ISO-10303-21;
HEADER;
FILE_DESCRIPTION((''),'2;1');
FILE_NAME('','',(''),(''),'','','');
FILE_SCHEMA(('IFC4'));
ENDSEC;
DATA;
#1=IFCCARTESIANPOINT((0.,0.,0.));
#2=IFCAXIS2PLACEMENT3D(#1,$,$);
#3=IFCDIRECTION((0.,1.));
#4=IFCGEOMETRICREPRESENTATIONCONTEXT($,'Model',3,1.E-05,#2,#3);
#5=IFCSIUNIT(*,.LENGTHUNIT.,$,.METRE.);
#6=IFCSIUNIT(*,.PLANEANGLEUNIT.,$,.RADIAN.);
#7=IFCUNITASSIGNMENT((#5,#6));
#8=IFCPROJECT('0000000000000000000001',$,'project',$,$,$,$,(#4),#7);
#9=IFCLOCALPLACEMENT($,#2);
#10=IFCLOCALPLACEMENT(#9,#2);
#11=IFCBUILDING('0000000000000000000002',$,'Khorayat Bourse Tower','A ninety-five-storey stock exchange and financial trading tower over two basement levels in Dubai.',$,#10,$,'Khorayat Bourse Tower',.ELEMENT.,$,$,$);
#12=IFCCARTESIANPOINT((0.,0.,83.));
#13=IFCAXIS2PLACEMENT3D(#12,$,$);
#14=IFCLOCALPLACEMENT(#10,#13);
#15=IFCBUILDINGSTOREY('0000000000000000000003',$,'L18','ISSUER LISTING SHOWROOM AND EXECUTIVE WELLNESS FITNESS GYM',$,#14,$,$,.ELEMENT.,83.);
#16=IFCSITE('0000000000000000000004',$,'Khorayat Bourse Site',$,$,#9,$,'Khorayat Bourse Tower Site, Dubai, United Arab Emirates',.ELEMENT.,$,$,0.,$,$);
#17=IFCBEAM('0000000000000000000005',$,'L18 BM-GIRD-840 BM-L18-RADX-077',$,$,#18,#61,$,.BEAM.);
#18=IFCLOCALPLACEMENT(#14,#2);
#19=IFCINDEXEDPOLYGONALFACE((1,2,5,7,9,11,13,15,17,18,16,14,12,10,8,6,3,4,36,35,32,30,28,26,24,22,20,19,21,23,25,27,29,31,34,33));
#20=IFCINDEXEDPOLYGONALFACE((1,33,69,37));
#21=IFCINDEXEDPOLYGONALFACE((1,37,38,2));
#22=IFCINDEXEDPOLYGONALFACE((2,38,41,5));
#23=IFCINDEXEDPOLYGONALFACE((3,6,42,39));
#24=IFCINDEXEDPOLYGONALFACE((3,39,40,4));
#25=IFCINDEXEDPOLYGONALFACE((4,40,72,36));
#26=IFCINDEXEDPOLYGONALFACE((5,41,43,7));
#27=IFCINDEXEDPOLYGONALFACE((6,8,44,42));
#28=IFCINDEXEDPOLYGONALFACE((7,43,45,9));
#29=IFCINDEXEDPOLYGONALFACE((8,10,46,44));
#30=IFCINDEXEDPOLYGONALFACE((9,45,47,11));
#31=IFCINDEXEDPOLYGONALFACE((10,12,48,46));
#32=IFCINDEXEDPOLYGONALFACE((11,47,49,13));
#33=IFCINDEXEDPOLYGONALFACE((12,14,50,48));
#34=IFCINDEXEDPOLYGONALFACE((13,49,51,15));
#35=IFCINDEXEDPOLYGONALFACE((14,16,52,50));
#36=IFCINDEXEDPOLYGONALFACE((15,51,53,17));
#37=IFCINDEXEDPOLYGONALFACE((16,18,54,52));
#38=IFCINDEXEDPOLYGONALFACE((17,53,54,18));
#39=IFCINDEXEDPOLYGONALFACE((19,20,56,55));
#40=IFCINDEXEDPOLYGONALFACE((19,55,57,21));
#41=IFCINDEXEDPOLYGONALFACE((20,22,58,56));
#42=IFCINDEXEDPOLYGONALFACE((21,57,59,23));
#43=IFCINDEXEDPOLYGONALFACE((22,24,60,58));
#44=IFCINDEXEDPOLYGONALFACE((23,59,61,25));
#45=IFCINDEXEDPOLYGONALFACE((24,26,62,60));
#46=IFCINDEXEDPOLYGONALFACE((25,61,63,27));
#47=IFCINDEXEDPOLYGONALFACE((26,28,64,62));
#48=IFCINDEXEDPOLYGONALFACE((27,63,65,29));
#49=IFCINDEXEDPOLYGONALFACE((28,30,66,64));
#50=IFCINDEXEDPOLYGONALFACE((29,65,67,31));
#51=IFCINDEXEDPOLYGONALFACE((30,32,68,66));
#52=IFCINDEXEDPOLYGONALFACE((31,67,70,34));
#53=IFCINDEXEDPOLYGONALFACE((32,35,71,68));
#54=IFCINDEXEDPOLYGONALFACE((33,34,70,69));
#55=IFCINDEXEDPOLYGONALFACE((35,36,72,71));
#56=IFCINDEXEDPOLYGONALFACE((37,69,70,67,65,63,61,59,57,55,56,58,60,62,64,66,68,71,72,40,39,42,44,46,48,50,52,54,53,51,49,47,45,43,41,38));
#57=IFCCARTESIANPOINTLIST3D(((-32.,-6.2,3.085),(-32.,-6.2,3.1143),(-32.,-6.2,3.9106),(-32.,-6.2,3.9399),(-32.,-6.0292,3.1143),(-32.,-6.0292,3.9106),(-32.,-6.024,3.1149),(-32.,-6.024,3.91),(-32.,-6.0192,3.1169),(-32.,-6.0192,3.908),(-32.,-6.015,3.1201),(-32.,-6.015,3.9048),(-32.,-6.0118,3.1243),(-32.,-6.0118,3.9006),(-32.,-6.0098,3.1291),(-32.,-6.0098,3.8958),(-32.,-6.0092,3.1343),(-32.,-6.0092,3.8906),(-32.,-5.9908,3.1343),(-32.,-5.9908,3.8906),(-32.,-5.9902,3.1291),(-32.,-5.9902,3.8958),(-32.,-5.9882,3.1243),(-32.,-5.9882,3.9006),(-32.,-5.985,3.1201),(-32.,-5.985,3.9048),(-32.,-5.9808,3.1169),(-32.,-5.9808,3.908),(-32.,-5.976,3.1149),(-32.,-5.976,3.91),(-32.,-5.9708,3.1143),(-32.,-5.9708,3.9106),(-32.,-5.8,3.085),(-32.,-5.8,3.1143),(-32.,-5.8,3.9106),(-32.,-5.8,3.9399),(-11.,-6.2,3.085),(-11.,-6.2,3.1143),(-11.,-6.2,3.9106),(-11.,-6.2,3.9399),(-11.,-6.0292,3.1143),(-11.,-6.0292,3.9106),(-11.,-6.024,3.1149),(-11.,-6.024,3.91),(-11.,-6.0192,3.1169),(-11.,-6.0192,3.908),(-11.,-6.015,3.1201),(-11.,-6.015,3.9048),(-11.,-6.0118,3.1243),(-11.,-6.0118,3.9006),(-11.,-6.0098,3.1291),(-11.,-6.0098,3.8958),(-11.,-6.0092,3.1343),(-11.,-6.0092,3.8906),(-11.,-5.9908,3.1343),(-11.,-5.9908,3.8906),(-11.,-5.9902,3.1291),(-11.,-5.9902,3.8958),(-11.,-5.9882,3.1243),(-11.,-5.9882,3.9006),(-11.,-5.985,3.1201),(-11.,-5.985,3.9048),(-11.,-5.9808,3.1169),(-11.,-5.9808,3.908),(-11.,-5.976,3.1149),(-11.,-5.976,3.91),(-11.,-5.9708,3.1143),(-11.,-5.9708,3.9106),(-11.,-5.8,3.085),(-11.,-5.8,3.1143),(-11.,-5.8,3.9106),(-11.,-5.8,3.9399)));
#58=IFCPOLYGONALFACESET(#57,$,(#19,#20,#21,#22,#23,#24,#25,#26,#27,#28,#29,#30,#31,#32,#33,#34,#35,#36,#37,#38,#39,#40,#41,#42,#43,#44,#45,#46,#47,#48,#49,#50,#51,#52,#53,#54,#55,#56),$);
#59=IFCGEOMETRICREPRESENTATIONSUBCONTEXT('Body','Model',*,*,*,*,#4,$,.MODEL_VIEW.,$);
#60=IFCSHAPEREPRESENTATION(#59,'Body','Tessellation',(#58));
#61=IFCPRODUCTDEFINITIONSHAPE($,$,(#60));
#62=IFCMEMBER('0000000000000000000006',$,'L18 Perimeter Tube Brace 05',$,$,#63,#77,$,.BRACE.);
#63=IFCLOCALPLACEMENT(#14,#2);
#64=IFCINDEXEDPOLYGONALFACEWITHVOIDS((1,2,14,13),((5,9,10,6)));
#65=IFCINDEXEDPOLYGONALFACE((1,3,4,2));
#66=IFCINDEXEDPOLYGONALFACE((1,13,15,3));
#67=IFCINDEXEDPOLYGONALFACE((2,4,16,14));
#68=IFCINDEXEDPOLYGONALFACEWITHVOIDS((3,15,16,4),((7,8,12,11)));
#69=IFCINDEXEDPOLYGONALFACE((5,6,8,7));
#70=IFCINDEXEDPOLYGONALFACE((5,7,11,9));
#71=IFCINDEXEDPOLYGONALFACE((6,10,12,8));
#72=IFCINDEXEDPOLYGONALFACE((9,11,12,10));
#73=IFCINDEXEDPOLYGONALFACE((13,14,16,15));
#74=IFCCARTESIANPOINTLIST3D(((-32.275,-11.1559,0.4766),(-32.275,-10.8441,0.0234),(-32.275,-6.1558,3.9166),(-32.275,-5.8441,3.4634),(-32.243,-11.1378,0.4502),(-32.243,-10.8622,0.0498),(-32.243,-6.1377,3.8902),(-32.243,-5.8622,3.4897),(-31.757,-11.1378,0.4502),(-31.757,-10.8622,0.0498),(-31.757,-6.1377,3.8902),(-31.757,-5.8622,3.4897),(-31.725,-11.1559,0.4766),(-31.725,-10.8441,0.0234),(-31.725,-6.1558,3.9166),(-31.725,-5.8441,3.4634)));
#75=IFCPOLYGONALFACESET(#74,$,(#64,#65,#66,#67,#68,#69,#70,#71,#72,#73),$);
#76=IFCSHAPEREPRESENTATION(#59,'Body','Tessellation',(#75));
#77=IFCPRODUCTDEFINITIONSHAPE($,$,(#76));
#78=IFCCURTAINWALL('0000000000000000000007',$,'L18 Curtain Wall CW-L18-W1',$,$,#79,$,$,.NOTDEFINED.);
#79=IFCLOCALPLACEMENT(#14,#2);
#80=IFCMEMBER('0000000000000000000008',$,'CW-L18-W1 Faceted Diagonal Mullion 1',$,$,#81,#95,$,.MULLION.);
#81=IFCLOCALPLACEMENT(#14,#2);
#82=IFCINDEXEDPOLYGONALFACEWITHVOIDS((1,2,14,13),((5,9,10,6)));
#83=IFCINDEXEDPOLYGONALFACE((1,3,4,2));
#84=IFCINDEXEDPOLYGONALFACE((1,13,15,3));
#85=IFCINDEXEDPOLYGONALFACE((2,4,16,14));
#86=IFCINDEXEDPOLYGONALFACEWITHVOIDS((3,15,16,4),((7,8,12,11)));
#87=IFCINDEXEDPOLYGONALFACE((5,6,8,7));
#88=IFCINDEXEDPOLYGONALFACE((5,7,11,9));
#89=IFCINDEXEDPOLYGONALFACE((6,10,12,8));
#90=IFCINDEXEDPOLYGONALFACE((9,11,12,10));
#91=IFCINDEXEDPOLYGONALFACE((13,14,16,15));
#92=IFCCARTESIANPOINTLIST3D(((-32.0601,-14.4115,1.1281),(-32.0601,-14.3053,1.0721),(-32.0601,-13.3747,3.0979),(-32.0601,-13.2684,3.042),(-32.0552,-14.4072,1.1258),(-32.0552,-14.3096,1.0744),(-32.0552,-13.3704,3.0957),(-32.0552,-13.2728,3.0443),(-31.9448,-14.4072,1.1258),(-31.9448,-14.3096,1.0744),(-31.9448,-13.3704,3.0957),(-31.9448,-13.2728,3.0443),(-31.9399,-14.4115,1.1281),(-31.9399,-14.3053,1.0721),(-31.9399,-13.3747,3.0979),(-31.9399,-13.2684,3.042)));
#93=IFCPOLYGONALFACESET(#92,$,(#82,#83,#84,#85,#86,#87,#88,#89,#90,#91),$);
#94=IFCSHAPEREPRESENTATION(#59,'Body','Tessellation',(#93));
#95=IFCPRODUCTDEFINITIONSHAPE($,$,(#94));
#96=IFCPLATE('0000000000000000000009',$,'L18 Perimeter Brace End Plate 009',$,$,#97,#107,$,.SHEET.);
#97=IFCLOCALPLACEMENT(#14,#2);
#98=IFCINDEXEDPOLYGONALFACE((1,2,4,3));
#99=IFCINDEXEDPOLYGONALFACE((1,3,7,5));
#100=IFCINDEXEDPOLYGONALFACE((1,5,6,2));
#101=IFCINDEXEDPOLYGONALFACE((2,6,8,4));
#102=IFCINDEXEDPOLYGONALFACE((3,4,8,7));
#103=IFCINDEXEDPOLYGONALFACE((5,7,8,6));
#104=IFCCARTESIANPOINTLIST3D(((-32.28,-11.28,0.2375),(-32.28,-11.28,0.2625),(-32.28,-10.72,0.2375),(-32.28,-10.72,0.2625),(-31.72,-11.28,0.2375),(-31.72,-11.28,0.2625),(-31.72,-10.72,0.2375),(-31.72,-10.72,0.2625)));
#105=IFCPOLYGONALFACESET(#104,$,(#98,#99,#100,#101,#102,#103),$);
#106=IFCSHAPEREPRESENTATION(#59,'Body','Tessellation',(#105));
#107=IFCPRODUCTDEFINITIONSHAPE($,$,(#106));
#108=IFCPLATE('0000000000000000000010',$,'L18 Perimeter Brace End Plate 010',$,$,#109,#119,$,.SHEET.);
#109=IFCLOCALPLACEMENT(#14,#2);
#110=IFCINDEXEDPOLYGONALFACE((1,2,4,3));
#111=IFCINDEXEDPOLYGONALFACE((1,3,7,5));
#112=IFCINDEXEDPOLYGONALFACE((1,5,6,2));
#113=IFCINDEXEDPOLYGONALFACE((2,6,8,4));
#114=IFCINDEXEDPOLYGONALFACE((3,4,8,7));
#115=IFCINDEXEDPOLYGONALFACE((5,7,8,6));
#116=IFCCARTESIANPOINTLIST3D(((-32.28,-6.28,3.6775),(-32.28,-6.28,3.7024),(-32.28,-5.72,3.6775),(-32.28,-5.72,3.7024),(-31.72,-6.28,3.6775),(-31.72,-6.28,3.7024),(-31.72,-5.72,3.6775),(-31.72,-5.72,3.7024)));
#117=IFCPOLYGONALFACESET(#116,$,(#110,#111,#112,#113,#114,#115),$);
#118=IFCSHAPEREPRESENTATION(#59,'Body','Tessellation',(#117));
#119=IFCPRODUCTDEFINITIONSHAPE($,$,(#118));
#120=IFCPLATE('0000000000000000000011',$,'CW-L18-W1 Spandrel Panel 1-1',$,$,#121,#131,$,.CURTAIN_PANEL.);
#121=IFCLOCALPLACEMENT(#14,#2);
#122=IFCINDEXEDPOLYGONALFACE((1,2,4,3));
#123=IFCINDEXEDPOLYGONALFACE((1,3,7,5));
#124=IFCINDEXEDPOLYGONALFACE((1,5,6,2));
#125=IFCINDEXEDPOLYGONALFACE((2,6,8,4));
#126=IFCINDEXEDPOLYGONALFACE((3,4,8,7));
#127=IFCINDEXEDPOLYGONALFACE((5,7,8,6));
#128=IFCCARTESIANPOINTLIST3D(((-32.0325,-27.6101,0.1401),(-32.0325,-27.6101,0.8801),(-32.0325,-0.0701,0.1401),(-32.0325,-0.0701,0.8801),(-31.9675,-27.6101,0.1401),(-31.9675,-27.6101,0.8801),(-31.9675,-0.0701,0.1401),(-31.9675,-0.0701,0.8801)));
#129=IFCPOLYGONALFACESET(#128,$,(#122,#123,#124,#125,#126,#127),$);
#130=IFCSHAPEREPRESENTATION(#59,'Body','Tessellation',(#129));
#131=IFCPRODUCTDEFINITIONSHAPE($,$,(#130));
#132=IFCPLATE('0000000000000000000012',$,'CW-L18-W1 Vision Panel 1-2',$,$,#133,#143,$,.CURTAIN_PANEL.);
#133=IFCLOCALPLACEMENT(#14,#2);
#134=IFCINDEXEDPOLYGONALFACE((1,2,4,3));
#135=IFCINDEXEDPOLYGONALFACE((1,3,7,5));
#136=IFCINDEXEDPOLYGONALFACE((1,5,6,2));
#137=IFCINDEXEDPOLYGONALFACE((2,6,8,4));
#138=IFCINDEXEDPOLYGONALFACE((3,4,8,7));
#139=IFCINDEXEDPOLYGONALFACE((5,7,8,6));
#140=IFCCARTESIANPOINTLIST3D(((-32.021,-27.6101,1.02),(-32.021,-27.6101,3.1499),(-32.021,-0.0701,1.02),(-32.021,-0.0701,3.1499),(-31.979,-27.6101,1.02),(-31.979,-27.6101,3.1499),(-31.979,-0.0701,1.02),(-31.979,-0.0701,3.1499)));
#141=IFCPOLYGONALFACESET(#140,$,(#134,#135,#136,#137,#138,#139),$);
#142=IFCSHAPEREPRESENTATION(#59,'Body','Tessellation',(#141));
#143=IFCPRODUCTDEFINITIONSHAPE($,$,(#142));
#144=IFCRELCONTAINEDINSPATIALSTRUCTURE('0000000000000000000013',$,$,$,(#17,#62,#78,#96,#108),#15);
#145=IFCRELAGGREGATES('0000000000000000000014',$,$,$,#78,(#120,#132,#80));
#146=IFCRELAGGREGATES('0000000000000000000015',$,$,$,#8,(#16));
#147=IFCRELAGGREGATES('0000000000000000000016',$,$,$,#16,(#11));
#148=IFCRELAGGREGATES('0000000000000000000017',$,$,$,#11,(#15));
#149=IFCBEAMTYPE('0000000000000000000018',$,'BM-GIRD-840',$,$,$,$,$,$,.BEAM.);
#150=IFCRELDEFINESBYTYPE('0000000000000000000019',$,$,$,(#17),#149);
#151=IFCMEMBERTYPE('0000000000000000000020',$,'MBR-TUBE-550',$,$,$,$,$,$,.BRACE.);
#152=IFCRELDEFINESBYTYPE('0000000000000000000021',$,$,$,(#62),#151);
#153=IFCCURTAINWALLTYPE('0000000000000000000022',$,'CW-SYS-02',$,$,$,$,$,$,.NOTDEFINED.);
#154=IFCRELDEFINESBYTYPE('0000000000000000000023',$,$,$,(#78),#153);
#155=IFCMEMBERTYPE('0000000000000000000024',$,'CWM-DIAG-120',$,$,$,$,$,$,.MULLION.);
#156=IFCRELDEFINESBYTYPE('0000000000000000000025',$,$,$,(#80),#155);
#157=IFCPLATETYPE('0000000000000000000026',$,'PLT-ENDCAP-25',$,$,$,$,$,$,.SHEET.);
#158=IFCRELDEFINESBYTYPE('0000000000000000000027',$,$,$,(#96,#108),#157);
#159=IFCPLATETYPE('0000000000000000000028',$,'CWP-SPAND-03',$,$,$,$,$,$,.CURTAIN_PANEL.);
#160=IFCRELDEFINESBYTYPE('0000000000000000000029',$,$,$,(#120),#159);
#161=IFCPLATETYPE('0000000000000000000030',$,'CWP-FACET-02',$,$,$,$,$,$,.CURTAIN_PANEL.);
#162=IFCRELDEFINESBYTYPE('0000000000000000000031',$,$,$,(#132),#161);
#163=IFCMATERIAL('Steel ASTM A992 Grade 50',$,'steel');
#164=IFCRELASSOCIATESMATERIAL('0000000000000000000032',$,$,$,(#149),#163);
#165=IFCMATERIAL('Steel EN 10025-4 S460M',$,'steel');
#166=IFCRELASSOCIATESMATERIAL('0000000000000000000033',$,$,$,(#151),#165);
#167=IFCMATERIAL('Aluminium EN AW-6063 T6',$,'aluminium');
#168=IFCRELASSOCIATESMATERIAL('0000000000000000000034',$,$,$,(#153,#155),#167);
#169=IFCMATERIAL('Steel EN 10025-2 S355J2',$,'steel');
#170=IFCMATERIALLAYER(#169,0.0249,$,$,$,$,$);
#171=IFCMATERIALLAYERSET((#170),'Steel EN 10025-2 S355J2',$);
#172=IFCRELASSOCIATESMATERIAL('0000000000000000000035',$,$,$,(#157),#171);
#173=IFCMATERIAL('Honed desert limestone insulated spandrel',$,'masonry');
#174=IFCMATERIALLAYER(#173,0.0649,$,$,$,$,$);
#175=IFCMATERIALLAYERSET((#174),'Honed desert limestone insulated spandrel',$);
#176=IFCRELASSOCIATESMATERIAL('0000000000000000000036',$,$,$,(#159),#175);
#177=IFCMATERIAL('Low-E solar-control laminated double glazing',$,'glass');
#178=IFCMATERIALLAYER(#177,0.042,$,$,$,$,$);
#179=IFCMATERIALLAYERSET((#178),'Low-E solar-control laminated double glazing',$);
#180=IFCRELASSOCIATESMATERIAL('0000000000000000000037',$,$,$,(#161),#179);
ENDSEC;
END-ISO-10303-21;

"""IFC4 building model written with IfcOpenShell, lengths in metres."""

from ifc_helpers import new_model, si_unit, direction, frame, origin, origin_2d, place, context, subcontext, project, spatial, rectangle, hollow_rectangle, i_section, extrude, source, transform, mapped, material, layer, layer_set, material_profile, profile_set, type_object, element, aggregate, save


model = new_model("IFC4")

# Units and contexts
model_context = context("Model", 3, precision=1e-05, world=origin(), true_north=direction((0.0, 1.0)))
body_context = subcontext(model_context, "Body", "Model", "MODEL_VIEW")
ifc_project = project(units=[si_unit("LENGTHUNIT", "METRE"), si_unit("PLANEANGLEUNIT", "RADIAN")], contexts=[model_context])

# Site, building, storey
site_placement = place(None, origin())
site = spatial("IfcSite", under=ifc_project, at=site_placement, Name="Khorayat Bourse Site", LongName="Khorayat Bourse Tower Site, Dubai, United Arab Emirates", CompositionType="ELEMENT", RefElevation=0.0)
building_placement = place(site_placement, origin())
building = spatial("IfcBuilding", under=site, at=building_placement, Name="Khorayat Bourse Tower", Description="A ninety-five-storey stock exchange and financial trading tower over two basement levels in Dubai.", LongName="Khorayat Bourse Tower", CompositionType="ELEMENT")
storey_placement = place(building_placement, frame((0.0, 0.0, 83.0)))
storey = spatial("IfcBuildingStorey", under=building, at=storey_placement, Name="L18", Description="ISSUER LISTING SHOWROOM AND EXECUTIVE WELLNESS FITNESS GYM", CompositionType="ELEMENT", Elevation=83.0)

# Shared definitions
ifc_material_1 = material(Name="Steel EN 10025-4 S460M", Category="steel")

# Beam
ifc_material_2 = material(Name="Steel ASTM A992 Grade 50", Category="steel")
ifc_material_profile_1 = material_profile(ifc_material_2, i_section(OverallWidth=0.3999, OverallDepth=0.855, WebThickness=0.0183, FlangeThickness=0.0293, FilletRadius=0.02, at=origin_2d()), Name="W840X299")
ifc_profile_set_1 = profile_set([ifc_material_profile_1], Name="Steel ASTM A992 Grade 50")
beam_type_1 = type_object("IfcBeamType", Name="BM-GIRD-840", PredefinedType="BEAM", material=ifc_profile_set_1)
shared_shape_1 = source(origin(), body_context, "Body", "SweptSolid", [
    extrude(i_section(OverallWidth=0.3999, OverallDepth=0.855, WebThickness=0.0183, FlangeThickness=0.0293, FilletRadius=0.02, at=origin_2d()), origin(), (0.0, 0.0, 1.0), 21.0),
])
for number, where, z_axis, x_axis, name in (
    (1, (-32.0, -6.0, 3.5125), (1.0, 0.0, 0.0), (0.0, 1.0, 0.0), "L18 BM-GIRD-840 BM-L18-RADX-077"),
):
    element("IfcBeam", number, at=place(storey_placement, frame(where, z_axis=z_axis, x_axis=x_axis)), inside=storey, type_object=beam_type_1, Name=name, PredefinedType="BEAM", context=body_context, shape_type="MappedRepresentation", body=[
        mapped(shared_shape_1, transform((0.0, 0.0, 0.0), scale=1.0)),
    ])

# Member
ifc_material_profile_2 = material_profile(ifc_material_1, hollow_rectangle(XDim=0.55, YDim=0.55, WallThickness=0.032, at=origin_2d()), Name="HSS 550x550x32")
ifc_profile_set_2 = profile_set([ifc_material_profile_2], Name="Steel EN 10025-4 S460M")
member_type_1 = type_object("IfcMemberType", Name="MBR-TUBE-550", PredefinedType="BRACE", material=ifc_profile_set_2)
shared_shape_2 = source(origin(), body_context, "Body", "SweptSolid", [
    extrude(hollow_rectangle(XDim=0.55, YDim=0.55, WallThickness=0.032, at=origin_2d()), origin(), (0.0, 0.0, 1.0), 6.0691),
])
member_1_placement = place(storey_placement, frame((-32.0, -11.0, 0.25), z_axis=(0.0, 0.823854, 0.566802), x_axis=(-1.0, 0.0, 0.0)))
element("IfcMember", 2, at=member_1_placement, inside=storey, type_object=member_type_1, Name="L18 Perimeter Tube Brace 05", PredefinedType="BRACE", context=body_context, shape_type="MappedRepresentation", body=[
    mapped(shared_shape_2, transform((0.0, 0.0, 0.0), scale=1.0)),
])

# Curtain wall, member
ifc_material_3 = material(Name="Aluminium EN AW-6063 T6", Category="aluminium")
curtain_wall_type = type_object("IfcCurtainWallType", Name="CW-SYS-02", PredefinedType="NOTDEFINED", material=ifc_material_3)
curtain_wall_placement = place(storey_placement, origin())
curtain_wall = element("IfcCurtainWall", 3, at=curtain_wall_placement, inside=storey, type_object=curtain_wall_type, Name="L18 Curtain Wall CW-L18-W1", PredefinedType="NOTDEFINED")
ifc_material_profile_3 = material_profile(ifc_material_3, hollow_rectangle(XDim=0.1201, YDim=0.1201, WallThickness=0.0049, at=origin_2d()), Name="ALU 120x120x5")
ifc_profile_set_3 = profile_set([ifc_material_profile_3], Name="Aluminium EN AW-6063 T6")
member_type_2 = type_object("IfcMemberType", Name="CWM-DIAG-120", PredefinedType="MULLION", material=ifc_profile_set_3)
shared_shape_3 = source(origin(), body_context, "Body", "SweptSolid", [
    extrude(hollow_rectangle(XDim=0.1201, YDim=0.1201, WallThickness=0.0049, at=origin_2d()), origin(), (0.0, 0.0, 1.0), 2.2261),
])
member_2_placement = place(storey_placement, frame((-32.0, -14.3584, 1.1001), z_axis=(0.0, 0.46576, 0.884911), x_axis=(-1.0, 0.0, 0.0)))
member_2 = element("IfcMember", 4, at=member_2_placement, type_object=member_type_2, Name="CW-L18-W1 Faceted Diagonal Mullion 1", PredefinedType="MULLION", context=body_context, shape_type="MappedRepresentation", body=[
    mapped(shared_shape_3, transform((0.0, 0.0, 0.0), scale=1.0)),
])

# Plates
ifc_material_4 = material(Name="Steel EN 10025-2 S355J2", Category="steel")
ifc_layer_1 = layer(ifc_material_4, 0.0249)
ifc_layer_set_1 = layer_set([ifc_layer_1], Name="Steel EN 10025-2 S355J2")
plate_type_1 = type_object("IfcPlateType", Name="PLT-ENDCAP-25", PredefinedType="SHEET", material=ifc_layer_set_1)
shared_shape_4 = source(origin(), body_context, "Body", "SweptSolid", [
    extrude(rectangle(XDim=0.5601, YDim=0.5601, at=origin_2d()), origin(), (0.0, 0.0, 1.0), 0.0249),
])
for number, where, z_axis, x_axis, name in (
    (5, (-32.0, -11.0, 0.2375), (0.0, 0.0, 1.0), (1.0, 0.0, 0.0), "L18 Perimeter Brace End Plate 009"),
    (6, (-32.0, -6.0, 3.6775), (0.0, 0.0, 1.0), (1.0, 0.0, 0.0), "L18 Perimeter Brace End Plate 010"),
):
    element("IfcPlate", number, at=place(storey_placement, frame(where, z_axis=z_axis, x_axis=x_axis)), inside=storey, type_object=plate_type_1, Name=name, PredefinedType="SHEET", context=body_context, shape_type="MappedRepresentation", body=[
        mapped(shared_shape_4, transform((0.0, 0.0, 0.0), scale=1.0)),
    ])

# Plates
ifc_material_5 = material(Name="Honed desert limestone insulated spandrel", Category="masonry")
ifc_layer_2 = layer(ifc_material_5, 0.0649)
ifc_layer_set_2 = layer_set([ifc_layer_2], Name="Honed desert limestone insulated spandrel")
plate_type_2 = type_object("IfcPlateType", Name="CWP-SPAND-03", PredefinedType="CURTAIN_PANEL", material=ifc_layer_set_2)
shared_shape_5 = source(origin(), body_context, "Body", "SweptSolid", [
    extrude(rectangle(XDim=27.54, YDim=0.0649, at=origin_2d()), origin(), (0.0, 0.0, 1.0), 0.74),
])
plate_1_placement = place(storey_placement, frame((-32.0, -13.8401, 0.1401), z_axis=(0.0, 0.0, 1.0), x_axis=(0.0, 1.0, 0.0)))
plate_1 = element("IfcPlate", 7, at=plate_1_placement, type_object=plate_type_2, Name="CW-L18-W1 Spandrel Panel 1-1", PredefinedType="CURTAIN_PANEL", context=body_context, shape_type="MappedRepresentation", body=[
    mapped(shared_shape_5, transform((0.0, 0.0, 0.0), scale=1.0)),
])
ifc_material_6 = material(Name="Low-E solar-control laminated double glazing", Category="glass")
ifc_layer_3 = layer(ifc_material_6, 0.042)
ifc_layer_set_3 = layer_set([ifc_layer_3], Name="Low-E solar-control laminated double glazing")
plate_type_3 = type_object("IfcPlateType", Name="CWP-FACET-02", PredefinedType="CURTAIN_PANEL", material=ifc_layer_set_3)
shared_shape_6 = source(origin(), body_context, "Body", "SweptSolid", [
    extrude(rectangle(XDim=27.54, YDim=0.042, at=origin_2d()), origin(), (0.0, 0.0, 1.0), 2.1299),
])
plate_2_placement = place(storey_placement, frame((-32.0, -13.8401, 1.02), z_axis=(0.0, 0.0, 1.0), x_axis=(0.0, 1.0, 0.0)))
plate_2 = element("IfcPlate", 8, at=plate_2_placement, type_object=plate_type_3, Name="CW-L18-W1 Vision Panel 1-2", PredefinedType="CURTAIN_PANEL", context=body_context, shape_type="MappedRepresentation", body=[
    mapped(shared_shape_6, transform((0.0, 0.0, 0.0), scale=1.0)),
])
aggregate(curtain_wall, [plate_1, plate_2, member_2])

save(model, "model.ifc")
